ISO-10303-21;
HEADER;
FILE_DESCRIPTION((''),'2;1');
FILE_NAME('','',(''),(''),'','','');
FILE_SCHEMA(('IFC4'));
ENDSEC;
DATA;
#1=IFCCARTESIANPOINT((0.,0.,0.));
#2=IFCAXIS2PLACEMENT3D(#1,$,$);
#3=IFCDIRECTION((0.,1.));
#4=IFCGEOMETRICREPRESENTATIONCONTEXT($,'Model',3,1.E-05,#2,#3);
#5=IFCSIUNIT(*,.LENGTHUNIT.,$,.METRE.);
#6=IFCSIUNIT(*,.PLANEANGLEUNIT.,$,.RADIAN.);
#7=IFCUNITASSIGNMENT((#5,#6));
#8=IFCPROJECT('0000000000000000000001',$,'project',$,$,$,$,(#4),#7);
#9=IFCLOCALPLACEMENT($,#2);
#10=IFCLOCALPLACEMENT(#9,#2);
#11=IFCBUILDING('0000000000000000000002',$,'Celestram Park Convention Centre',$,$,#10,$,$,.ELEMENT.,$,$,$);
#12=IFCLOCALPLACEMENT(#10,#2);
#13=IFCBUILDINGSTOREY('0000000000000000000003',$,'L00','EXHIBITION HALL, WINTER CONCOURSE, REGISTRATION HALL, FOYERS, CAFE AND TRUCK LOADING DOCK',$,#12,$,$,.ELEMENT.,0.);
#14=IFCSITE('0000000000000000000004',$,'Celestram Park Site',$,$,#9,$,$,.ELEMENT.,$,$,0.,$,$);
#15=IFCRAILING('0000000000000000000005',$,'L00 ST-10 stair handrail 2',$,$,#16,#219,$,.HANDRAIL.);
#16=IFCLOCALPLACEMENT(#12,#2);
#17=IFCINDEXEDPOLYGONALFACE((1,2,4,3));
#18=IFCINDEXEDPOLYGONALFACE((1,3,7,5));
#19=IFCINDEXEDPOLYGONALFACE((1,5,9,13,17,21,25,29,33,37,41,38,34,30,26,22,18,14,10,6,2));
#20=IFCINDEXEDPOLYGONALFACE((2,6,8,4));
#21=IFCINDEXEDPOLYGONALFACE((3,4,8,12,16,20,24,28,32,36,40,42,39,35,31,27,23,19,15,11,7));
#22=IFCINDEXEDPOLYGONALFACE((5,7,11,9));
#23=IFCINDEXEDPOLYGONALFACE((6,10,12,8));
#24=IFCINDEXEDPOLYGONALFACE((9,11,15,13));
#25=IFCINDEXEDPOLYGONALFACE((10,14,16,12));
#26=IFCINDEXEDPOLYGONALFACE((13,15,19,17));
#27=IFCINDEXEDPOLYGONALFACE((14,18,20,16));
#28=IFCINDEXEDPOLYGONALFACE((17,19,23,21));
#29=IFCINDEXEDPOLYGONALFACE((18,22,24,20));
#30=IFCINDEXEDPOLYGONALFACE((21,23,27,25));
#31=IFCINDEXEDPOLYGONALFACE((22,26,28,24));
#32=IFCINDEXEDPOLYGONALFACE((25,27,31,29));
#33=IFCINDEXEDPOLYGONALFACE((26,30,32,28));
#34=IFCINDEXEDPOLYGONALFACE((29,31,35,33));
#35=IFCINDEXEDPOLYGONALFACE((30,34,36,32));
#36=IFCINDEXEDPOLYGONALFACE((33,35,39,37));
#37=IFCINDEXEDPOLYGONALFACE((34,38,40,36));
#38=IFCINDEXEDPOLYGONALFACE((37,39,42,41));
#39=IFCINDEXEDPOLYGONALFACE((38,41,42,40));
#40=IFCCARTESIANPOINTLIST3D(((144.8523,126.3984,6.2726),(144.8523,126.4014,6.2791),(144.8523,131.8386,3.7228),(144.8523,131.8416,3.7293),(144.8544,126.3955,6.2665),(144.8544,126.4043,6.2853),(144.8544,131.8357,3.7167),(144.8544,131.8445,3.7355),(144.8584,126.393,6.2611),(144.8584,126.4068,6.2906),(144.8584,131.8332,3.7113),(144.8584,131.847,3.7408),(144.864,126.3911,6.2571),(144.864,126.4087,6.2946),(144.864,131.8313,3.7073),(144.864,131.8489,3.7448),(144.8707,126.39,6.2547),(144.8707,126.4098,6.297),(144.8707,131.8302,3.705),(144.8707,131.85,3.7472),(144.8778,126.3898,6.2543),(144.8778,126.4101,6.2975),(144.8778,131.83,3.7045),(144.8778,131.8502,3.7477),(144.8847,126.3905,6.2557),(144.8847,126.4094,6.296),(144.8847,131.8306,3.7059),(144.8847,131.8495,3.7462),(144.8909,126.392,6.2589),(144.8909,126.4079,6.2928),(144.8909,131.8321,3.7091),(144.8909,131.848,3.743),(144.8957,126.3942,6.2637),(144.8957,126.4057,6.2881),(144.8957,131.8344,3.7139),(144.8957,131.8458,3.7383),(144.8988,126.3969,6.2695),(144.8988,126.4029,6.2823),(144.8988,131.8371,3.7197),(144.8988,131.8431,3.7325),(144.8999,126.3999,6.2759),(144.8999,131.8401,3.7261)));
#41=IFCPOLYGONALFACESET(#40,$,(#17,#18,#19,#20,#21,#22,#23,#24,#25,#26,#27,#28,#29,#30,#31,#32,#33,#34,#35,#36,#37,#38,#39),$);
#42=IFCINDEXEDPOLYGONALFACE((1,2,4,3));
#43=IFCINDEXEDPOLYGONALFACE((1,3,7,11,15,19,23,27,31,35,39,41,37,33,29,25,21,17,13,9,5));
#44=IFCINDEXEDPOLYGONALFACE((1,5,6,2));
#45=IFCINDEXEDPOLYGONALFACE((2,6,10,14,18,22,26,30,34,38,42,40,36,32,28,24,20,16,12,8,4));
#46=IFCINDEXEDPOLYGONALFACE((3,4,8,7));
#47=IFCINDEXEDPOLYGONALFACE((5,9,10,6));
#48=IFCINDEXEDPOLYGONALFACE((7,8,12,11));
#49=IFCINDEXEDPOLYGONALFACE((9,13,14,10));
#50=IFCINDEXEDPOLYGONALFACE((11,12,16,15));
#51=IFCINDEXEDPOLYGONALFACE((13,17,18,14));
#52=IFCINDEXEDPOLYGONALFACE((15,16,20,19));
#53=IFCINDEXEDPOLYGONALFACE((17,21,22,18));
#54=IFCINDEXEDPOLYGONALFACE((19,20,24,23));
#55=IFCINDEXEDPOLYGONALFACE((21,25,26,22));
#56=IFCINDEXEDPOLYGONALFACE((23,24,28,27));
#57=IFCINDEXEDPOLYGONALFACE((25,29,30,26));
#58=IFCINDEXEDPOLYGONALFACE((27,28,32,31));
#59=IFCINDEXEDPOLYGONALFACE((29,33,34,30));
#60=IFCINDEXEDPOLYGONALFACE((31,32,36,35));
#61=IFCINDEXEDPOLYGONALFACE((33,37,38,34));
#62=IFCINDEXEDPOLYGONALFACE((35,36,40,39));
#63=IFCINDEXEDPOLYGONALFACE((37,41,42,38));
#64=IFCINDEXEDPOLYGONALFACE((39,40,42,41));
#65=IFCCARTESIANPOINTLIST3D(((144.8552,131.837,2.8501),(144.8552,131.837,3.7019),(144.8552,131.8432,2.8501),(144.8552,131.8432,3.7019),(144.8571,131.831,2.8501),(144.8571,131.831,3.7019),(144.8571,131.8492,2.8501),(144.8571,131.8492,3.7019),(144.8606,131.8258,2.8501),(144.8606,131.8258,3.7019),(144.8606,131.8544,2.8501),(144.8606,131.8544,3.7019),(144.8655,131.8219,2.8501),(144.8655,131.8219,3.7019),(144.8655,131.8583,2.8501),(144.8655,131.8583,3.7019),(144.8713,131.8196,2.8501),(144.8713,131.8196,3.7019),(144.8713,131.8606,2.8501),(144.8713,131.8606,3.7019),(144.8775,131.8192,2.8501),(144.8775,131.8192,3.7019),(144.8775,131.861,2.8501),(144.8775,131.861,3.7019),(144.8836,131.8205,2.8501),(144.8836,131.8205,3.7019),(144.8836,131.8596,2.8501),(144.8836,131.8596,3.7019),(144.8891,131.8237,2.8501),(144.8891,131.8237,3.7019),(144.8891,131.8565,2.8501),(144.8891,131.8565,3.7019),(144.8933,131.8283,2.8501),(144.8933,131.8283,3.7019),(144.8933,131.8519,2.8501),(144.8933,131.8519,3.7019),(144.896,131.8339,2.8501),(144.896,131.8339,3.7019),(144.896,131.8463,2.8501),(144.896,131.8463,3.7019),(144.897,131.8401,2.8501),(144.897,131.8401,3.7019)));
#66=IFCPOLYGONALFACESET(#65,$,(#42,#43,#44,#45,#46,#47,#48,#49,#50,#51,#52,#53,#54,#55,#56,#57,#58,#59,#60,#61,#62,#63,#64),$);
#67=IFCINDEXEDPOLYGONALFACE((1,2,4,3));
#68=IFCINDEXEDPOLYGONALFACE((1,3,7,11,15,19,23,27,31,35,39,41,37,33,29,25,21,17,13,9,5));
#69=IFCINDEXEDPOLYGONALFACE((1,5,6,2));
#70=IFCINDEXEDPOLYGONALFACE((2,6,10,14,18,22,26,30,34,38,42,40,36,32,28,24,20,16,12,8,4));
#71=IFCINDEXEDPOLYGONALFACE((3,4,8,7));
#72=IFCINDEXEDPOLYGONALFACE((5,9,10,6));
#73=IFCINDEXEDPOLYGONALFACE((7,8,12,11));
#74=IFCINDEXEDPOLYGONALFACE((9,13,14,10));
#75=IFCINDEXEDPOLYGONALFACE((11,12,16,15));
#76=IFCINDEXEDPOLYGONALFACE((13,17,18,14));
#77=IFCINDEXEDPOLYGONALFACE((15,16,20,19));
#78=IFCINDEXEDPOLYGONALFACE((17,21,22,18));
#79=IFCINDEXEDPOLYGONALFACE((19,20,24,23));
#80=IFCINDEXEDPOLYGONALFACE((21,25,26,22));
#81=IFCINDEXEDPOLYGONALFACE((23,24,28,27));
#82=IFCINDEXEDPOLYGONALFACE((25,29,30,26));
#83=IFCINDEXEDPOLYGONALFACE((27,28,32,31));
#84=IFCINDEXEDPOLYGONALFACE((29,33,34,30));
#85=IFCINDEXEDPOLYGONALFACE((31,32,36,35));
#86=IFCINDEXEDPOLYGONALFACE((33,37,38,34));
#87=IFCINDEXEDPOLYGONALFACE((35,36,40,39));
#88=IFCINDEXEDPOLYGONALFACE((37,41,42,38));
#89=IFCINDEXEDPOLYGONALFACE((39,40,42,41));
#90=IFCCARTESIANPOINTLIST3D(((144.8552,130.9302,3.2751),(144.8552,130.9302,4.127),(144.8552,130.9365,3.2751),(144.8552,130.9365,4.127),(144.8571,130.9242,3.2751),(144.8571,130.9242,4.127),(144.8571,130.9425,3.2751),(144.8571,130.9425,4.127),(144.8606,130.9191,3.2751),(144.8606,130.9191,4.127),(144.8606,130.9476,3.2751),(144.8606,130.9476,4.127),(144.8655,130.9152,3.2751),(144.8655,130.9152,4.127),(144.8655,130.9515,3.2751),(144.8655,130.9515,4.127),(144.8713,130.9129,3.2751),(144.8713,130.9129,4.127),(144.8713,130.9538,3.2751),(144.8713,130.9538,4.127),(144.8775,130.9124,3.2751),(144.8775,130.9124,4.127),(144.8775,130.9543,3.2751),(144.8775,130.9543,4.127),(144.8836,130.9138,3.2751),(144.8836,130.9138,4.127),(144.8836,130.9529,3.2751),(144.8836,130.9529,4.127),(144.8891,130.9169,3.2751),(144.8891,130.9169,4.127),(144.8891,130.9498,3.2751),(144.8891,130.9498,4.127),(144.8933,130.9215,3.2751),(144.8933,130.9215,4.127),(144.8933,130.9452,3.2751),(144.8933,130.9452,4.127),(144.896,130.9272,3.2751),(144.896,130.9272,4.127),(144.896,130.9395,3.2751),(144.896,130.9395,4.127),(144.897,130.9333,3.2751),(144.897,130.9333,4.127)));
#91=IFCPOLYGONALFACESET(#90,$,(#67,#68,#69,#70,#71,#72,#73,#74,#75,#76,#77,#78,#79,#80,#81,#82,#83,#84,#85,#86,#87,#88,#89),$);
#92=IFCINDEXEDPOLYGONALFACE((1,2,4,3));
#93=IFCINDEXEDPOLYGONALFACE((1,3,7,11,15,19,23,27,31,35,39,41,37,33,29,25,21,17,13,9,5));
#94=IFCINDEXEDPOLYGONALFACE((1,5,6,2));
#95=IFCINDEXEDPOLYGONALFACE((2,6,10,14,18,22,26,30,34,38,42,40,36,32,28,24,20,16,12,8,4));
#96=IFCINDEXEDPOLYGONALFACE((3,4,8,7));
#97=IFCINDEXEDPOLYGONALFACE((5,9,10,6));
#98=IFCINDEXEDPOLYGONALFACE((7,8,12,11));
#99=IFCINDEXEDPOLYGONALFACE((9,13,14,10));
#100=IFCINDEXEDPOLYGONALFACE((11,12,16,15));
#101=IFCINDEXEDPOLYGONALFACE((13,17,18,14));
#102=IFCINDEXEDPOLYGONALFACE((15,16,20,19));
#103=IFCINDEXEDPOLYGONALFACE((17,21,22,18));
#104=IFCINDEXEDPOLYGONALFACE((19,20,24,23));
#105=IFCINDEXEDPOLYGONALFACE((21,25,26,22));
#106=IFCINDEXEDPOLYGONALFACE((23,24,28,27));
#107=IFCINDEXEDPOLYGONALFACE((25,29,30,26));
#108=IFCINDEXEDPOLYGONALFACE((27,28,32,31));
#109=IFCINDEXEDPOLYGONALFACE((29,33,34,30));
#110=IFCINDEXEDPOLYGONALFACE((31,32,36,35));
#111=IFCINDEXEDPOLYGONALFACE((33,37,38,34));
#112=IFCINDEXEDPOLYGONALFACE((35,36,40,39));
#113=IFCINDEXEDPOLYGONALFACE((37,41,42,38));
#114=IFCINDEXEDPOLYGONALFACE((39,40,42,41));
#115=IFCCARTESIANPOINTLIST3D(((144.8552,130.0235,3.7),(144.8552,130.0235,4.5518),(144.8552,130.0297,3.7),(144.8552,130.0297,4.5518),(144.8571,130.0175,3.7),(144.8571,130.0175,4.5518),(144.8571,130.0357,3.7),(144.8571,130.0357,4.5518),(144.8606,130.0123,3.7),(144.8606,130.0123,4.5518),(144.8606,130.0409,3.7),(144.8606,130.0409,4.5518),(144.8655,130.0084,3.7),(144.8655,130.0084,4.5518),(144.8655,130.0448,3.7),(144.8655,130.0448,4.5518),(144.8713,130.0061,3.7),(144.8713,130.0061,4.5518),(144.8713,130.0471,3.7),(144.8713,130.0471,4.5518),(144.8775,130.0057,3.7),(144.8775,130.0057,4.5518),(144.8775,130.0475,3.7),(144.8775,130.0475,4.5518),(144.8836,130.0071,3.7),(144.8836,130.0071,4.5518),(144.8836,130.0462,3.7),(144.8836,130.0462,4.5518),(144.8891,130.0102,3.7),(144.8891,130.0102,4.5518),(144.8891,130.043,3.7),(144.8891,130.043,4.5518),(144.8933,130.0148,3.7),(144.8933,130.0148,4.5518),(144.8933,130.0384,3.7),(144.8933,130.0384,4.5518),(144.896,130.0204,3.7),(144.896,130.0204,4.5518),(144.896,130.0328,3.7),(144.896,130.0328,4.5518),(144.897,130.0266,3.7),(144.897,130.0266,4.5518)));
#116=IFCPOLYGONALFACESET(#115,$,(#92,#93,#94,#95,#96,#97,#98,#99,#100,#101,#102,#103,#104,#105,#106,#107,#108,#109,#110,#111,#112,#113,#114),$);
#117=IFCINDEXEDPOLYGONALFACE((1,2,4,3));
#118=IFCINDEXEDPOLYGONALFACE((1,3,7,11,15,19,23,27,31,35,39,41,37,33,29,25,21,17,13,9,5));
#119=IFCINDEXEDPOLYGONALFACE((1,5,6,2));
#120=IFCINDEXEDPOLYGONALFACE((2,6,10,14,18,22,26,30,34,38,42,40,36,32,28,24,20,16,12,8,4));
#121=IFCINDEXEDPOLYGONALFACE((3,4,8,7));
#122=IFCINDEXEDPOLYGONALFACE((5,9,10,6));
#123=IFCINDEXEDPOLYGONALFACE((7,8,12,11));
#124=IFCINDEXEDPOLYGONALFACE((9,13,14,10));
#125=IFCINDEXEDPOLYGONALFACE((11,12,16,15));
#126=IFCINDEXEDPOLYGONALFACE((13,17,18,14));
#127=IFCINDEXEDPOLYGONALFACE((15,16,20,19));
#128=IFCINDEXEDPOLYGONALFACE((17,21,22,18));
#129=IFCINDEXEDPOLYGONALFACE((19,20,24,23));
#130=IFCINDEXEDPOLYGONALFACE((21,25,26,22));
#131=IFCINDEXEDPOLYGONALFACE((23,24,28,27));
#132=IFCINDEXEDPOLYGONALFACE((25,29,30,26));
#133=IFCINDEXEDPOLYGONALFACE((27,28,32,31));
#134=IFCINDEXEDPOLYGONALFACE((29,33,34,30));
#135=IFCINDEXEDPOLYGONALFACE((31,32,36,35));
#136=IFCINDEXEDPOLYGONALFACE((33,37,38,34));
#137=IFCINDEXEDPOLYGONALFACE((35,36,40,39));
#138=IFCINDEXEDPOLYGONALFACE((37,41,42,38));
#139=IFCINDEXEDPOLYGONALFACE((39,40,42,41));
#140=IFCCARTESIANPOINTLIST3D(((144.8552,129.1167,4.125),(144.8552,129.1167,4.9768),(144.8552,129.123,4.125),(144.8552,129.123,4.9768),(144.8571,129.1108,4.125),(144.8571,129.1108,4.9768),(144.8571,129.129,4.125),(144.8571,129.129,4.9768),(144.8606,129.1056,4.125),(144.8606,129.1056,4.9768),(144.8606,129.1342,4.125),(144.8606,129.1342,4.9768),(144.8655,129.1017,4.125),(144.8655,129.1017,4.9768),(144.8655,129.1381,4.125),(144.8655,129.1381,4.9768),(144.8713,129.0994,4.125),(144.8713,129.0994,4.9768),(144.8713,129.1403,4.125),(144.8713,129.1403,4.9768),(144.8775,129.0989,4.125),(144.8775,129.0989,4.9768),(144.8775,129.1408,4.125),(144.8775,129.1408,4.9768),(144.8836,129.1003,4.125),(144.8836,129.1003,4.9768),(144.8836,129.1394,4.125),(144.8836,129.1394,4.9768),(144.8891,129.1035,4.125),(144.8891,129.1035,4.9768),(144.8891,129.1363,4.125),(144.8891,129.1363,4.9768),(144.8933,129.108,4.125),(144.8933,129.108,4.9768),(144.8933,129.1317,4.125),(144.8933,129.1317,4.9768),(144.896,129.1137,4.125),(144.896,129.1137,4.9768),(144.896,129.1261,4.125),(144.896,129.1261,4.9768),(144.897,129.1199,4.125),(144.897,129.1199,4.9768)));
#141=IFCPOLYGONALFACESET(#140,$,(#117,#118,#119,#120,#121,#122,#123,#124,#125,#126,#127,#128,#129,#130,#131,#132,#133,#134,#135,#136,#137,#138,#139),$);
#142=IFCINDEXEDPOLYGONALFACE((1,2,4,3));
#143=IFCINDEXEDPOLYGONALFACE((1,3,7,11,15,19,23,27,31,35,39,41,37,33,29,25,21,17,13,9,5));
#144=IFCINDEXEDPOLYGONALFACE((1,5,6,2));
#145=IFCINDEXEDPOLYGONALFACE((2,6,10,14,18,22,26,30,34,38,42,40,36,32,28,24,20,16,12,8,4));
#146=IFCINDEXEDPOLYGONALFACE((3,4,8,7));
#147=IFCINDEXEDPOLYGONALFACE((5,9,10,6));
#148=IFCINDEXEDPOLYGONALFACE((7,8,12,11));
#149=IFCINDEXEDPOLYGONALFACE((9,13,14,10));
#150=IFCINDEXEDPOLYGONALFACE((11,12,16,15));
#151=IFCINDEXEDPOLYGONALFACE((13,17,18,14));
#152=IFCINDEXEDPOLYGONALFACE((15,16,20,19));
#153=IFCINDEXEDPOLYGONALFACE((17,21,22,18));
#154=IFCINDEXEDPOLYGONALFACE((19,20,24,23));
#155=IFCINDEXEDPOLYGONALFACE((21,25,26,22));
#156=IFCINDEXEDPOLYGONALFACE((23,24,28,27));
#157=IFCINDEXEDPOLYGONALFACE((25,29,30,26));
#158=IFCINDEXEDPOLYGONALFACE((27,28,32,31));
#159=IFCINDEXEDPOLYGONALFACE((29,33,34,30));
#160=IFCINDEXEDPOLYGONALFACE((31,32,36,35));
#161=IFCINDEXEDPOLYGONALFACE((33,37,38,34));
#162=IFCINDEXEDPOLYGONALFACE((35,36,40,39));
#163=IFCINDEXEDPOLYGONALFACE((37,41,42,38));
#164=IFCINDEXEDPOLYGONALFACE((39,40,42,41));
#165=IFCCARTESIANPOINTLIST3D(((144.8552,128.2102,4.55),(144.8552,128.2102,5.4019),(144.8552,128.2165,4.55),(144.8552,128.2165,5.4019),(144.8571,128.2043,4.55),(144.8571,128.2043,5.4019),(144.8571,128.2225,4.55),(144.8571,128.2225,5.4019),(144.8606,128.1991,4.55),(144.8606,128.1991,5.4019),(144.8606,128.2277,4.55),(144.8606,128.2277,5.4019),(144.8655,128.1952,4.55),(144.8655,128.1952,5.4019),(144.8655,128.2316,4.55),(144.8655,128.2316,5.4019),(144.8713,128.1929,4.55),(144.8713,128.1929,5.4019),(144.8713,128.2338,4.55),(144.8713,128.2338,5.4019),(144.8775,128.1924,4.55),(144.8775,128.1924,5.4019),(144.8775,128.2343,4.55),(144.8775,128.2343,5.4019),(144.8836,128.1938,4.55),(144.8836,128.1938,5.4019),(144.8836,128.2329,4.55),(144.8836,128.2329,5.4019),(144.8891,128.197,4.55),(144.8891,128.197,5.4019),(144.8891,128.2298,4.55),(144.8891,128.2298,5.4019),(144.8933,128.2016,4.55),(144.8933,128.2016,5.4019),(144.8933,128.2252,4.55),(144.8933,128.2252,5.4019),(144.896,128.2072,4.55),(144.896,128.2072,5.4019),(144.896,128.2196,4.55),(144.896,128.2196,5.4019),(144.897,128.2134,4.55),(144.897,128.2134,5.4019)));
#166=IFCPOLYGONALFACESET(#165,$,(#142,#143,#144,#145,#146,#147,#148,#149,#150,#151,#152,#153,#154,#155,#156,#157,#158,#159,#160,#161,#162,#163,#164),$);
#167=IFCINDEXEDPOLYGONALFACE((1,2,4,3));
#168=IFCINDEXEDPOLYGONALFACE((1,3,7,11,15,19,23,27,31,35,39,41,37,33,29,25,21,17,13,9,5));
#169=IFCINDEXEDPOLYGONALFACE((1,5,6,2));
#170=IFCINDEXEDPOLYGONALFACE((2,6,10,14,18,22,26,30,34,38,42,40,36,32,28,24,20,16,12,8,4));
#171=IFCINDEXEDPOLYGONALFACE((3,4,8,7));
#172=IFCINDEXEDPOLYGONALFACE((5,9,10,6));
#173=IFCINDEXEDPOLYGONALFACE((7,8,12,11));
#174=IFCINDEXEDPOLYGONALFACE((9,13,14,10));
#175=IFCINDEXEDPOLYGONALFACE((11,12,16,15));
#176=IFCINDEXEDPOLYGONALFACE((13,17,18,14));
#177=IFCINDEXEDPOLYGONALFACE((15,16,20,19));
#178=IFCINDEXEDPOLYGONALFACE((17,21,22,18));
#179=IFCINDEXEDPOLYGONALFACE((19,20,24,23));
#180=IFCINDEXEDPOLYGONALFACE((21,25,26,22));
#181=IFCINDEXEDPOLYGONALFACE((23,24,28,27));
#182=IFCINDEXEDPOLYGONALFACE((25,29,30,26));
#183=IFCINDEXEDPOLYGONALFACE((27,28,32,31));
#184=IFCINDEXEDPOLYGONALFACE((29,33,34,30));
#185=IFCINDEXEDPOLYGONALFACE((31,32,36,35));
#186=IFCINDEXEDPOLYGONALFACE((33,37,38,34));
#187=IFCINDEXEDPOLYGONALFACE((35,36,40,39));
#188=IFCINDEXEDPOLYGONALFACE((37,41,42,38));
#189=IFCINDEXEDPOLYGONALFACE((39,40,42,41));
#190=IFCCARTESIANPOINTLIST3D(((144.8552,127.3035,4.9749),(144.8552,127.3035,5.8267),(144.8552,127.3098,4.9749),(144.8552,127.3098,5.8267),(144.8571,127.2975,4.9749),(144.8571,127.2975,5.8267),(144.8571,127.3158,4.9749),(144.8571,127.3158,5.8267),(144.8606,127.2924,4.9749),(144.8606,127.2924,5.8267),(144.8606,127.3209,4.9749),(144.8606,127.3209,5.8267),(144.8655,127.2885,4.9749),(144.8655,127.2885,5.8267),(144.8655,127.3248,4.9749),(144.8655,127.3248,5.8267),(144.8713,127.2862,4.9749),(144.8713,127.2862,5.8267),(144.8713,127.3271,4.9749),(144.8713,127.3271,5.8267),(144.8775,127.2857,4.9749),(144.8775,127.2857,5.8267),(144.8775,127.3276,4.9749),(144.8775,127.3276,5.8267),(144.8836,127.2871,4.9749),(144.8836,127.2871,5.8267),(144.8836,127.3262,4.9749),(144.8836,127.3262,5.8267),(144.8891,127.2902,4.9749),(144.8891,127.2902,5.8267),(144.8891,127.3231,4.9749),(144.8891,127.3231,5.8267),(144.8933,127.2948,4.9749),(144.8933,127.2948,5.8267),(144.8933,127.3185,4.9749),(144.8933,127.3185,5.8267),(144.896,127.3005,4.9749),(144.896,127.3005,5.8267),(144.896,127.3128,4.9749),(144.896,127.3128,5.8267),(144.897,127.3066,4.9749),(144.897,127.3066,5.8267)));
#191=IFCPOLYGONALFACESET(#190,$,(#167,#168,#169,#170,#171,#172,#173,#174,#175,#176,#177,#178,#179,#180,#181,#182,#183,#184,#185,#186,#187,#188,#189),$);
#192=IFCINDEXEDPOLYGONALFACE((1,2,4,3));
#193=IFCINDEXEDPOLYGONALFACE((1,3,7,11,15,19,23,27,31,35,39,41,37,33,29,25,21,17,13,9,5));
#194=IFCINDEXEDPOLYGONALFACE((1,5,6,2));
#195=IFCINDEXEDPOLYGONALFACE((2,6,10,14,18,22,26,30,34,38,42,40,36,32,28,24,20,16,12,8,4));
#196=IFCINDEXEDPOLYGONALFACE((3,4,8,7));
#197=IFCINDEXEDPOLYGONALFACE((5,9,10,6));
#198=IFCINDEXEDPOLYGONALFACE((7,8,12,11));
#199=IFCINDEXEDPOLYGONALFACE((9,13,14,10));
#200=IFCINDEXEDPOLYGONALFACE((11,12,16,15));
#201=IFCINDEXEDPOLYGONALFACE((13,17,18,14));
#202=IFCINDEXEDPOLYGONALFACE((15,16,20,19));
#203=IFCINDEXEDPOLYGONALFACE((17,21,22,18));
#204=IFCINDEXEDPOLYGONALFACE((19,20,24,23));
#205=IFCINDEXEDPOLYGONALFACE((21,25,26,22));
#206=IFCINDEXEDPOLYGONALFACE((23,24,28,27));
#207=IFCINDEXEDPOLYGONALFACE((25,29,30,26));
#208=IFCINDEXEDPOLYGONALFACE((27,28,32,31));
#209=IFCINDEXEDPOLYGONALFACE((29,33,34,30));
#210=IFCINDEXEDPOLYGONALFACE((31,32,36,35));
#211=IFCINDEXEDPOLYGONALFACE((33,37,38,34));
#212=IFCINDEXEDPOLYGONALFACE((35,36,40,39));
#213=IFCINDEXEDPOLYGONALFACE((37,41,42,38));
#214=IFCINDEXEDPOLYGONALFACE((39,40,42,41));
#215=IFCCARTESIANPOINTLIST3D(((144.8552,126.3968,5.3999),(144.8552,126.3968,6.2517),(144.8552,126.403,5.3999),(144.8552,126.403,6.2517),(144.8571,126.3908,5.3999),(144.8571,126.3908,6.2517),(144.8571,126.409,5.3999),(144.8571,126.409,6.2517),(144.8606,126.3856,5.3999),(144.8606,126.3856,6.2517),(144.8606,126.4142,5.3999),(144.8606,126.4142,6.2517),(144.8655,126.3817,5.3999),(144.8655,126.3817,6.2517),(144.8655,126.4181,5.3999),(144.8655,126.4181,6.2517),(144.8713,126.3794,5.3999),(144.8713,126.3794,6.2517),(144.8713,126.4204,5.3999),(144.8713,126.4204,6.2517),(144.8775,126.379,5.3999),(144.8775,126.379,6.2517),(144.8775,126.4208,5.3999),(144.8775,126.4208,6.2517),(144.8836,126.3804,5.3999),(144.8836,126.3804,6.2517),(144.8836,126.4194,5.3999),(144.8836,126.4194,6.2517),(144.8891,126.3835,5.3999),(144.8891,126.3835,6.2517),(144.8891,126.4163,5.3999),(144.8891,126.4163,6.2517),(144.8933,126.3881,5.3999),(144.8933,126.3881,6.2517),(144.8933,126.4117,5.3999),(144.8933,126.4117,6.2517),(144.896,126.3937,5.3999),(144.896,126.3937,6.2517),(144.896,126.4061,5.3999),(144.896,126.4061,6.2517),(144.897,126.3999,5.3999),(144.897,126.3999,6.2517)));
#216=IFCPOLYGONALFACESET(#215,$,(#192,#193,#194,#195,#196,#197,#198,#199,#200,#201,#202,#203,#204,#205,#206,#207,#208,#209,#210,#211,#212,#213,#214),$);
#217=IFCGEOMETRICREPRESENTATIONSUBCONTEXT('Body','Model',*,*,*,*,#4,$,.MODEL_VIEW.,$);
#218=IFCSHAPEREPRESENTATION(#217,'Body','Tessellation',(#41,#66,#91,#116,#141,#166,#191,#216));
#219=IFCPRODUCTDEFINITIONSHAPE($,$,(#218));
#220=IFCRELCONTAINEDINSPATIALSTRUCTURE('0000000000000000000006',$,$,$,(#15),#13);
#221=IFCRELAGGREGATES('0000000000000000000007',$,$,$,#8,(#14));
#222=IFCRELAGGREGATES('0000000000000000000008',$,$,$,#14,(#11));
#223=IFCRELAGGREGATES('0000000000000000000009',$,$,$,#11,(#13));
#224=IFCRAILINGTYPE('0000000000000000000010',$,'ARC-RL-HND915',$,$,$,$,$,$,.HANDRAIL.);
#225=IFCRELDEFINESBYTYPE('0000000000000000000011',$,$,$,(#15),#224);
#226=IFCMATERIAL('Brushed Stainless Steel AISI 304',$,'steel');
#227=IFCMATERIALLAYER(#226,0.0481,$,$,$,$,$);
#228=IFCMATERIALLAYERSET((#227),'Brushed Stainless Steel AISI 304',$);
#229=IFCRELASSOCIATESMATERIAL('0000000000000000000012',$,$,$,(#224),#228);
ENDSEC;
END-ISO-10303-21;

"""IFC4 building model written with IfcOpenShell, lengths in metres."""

from ifc_helpers import new_model, si_unit, direction, frame, origin, origin_2d, place, context, subcontext, project, spatial, circle, extrude, material, layer, layer_set, type_object, element, save


model = new_model("IFC4")

# Units and contexts
model_context = context("Model", 3, precision=1e-05, world=origin(), true_north=direction((0.0, 1.0)))
body_context = subcontext(model_context, "Body", "Model", "MODEL_VIEW")
ifc_project = project(units=[si_unit("LENGTHUNIT", "METRE"), si_unit("PLANEANGLEUNIT", "RADIAN")], contexts=[model_context])

# Site, building, storey
site_placement = place(None, origin())
site = spatial("IfcSite", under=ifc_project, at=site_placement, Name="Celestram Park Site", CompositionType="ELEMENT", RefElevation=0.0)
building_placement = place(site_placement, origin())
building = spatial("IfcBuilding", under=site, at=building_placement, Name="Celestram Park Convention Centre", CompositionType="ELEMENT")
storey_placement = place(building_placement, origin())
storey = spatial("IfcBuildingStorey", under=building, at=storey_placement, Name="L00", Description="EXHIBITION HALL, WINTER CONCOURSE, REGISTRATION HALL, FOYERS, CAFE AND TRUCK LOADING DOCK", CompositionType="ELEMENT", Elevation=0.0)

# Railing
ifc_material_1 = material(Name="Brushed Stainless Steel AISI 304", Category="steel")
ifc_layer_1 = layer(ifc_material_1, 0.0481)
ifc_layer_set_1 = layer_set([ifc_layer_1], Name="Brushed Stainless Steel AISI 304")
railing_type_1 = type_object("IfcRailingType", Name="ARC-RL-HND915", PredefinedType="HANDRAIL", material=ifc_layer_set_1)
railing_1_placement = place(storey_placement, frame((144.876, 131.8401, 2.8501)))
element("IfcRailing", 1, at=railing_1_placement, inside=storey, type_object=railing_type_1, Name="L00 ST-10 stair handrail 2", PredefinedType="HANDRAIL", context=body_context, shape_type="SweptSolid", body=[
    extrude(circle(Radius=0.0239, at=origin_2d()), frame((0.0, 0.0, 0.876), z_axis=(0.0, -0.905477, 0.424395), x_axis=(1.0, 0.0, 0.0)), (0.0, 0.0, 1.0), 6.0081),
    extrude(circle(Radius=0.021, at=origin_2d()), origin(), (0.0, 0.0, 1.0), 0.8518),
    extrude(circle(Radius=0.021, at=origin_2d()), frame((0.0, -0.9067, 0.425)), (0.0, 0.0, 1.0), 0.8518),
    extrude(circle(Radius=0.021, at=origin_2d()), frame((0.0, -1.8135, 0.8499)), (0.0, 0.0, 1.0), 0.8518),
    extrude(circle(Radius=0.021, at=origin_2d()), frame((0.0, -2.7202, 1.2749)), (0.0, 0.0, 1.0), 0.8518),
    extrude(circle(Radius=0.021, at=origin_2d()), frame((0.0, -3.6267, 1.7)), (0.0, 0.0, 1.0), 0.8518),
    extrude(circle(Radius=0.021, at=origin_2d()), frame((0.0, -4.5334, 2.1248)), (0.0, 0.0, 1.0), 0.8518),
    extrude(circle(Radius=0.021, at=origin_2d()), frame((0.0, -5.4402, 2.5498)), (0.0, 0.0, 1.0), 0.8518),
])

save(model, "model.ifc")
